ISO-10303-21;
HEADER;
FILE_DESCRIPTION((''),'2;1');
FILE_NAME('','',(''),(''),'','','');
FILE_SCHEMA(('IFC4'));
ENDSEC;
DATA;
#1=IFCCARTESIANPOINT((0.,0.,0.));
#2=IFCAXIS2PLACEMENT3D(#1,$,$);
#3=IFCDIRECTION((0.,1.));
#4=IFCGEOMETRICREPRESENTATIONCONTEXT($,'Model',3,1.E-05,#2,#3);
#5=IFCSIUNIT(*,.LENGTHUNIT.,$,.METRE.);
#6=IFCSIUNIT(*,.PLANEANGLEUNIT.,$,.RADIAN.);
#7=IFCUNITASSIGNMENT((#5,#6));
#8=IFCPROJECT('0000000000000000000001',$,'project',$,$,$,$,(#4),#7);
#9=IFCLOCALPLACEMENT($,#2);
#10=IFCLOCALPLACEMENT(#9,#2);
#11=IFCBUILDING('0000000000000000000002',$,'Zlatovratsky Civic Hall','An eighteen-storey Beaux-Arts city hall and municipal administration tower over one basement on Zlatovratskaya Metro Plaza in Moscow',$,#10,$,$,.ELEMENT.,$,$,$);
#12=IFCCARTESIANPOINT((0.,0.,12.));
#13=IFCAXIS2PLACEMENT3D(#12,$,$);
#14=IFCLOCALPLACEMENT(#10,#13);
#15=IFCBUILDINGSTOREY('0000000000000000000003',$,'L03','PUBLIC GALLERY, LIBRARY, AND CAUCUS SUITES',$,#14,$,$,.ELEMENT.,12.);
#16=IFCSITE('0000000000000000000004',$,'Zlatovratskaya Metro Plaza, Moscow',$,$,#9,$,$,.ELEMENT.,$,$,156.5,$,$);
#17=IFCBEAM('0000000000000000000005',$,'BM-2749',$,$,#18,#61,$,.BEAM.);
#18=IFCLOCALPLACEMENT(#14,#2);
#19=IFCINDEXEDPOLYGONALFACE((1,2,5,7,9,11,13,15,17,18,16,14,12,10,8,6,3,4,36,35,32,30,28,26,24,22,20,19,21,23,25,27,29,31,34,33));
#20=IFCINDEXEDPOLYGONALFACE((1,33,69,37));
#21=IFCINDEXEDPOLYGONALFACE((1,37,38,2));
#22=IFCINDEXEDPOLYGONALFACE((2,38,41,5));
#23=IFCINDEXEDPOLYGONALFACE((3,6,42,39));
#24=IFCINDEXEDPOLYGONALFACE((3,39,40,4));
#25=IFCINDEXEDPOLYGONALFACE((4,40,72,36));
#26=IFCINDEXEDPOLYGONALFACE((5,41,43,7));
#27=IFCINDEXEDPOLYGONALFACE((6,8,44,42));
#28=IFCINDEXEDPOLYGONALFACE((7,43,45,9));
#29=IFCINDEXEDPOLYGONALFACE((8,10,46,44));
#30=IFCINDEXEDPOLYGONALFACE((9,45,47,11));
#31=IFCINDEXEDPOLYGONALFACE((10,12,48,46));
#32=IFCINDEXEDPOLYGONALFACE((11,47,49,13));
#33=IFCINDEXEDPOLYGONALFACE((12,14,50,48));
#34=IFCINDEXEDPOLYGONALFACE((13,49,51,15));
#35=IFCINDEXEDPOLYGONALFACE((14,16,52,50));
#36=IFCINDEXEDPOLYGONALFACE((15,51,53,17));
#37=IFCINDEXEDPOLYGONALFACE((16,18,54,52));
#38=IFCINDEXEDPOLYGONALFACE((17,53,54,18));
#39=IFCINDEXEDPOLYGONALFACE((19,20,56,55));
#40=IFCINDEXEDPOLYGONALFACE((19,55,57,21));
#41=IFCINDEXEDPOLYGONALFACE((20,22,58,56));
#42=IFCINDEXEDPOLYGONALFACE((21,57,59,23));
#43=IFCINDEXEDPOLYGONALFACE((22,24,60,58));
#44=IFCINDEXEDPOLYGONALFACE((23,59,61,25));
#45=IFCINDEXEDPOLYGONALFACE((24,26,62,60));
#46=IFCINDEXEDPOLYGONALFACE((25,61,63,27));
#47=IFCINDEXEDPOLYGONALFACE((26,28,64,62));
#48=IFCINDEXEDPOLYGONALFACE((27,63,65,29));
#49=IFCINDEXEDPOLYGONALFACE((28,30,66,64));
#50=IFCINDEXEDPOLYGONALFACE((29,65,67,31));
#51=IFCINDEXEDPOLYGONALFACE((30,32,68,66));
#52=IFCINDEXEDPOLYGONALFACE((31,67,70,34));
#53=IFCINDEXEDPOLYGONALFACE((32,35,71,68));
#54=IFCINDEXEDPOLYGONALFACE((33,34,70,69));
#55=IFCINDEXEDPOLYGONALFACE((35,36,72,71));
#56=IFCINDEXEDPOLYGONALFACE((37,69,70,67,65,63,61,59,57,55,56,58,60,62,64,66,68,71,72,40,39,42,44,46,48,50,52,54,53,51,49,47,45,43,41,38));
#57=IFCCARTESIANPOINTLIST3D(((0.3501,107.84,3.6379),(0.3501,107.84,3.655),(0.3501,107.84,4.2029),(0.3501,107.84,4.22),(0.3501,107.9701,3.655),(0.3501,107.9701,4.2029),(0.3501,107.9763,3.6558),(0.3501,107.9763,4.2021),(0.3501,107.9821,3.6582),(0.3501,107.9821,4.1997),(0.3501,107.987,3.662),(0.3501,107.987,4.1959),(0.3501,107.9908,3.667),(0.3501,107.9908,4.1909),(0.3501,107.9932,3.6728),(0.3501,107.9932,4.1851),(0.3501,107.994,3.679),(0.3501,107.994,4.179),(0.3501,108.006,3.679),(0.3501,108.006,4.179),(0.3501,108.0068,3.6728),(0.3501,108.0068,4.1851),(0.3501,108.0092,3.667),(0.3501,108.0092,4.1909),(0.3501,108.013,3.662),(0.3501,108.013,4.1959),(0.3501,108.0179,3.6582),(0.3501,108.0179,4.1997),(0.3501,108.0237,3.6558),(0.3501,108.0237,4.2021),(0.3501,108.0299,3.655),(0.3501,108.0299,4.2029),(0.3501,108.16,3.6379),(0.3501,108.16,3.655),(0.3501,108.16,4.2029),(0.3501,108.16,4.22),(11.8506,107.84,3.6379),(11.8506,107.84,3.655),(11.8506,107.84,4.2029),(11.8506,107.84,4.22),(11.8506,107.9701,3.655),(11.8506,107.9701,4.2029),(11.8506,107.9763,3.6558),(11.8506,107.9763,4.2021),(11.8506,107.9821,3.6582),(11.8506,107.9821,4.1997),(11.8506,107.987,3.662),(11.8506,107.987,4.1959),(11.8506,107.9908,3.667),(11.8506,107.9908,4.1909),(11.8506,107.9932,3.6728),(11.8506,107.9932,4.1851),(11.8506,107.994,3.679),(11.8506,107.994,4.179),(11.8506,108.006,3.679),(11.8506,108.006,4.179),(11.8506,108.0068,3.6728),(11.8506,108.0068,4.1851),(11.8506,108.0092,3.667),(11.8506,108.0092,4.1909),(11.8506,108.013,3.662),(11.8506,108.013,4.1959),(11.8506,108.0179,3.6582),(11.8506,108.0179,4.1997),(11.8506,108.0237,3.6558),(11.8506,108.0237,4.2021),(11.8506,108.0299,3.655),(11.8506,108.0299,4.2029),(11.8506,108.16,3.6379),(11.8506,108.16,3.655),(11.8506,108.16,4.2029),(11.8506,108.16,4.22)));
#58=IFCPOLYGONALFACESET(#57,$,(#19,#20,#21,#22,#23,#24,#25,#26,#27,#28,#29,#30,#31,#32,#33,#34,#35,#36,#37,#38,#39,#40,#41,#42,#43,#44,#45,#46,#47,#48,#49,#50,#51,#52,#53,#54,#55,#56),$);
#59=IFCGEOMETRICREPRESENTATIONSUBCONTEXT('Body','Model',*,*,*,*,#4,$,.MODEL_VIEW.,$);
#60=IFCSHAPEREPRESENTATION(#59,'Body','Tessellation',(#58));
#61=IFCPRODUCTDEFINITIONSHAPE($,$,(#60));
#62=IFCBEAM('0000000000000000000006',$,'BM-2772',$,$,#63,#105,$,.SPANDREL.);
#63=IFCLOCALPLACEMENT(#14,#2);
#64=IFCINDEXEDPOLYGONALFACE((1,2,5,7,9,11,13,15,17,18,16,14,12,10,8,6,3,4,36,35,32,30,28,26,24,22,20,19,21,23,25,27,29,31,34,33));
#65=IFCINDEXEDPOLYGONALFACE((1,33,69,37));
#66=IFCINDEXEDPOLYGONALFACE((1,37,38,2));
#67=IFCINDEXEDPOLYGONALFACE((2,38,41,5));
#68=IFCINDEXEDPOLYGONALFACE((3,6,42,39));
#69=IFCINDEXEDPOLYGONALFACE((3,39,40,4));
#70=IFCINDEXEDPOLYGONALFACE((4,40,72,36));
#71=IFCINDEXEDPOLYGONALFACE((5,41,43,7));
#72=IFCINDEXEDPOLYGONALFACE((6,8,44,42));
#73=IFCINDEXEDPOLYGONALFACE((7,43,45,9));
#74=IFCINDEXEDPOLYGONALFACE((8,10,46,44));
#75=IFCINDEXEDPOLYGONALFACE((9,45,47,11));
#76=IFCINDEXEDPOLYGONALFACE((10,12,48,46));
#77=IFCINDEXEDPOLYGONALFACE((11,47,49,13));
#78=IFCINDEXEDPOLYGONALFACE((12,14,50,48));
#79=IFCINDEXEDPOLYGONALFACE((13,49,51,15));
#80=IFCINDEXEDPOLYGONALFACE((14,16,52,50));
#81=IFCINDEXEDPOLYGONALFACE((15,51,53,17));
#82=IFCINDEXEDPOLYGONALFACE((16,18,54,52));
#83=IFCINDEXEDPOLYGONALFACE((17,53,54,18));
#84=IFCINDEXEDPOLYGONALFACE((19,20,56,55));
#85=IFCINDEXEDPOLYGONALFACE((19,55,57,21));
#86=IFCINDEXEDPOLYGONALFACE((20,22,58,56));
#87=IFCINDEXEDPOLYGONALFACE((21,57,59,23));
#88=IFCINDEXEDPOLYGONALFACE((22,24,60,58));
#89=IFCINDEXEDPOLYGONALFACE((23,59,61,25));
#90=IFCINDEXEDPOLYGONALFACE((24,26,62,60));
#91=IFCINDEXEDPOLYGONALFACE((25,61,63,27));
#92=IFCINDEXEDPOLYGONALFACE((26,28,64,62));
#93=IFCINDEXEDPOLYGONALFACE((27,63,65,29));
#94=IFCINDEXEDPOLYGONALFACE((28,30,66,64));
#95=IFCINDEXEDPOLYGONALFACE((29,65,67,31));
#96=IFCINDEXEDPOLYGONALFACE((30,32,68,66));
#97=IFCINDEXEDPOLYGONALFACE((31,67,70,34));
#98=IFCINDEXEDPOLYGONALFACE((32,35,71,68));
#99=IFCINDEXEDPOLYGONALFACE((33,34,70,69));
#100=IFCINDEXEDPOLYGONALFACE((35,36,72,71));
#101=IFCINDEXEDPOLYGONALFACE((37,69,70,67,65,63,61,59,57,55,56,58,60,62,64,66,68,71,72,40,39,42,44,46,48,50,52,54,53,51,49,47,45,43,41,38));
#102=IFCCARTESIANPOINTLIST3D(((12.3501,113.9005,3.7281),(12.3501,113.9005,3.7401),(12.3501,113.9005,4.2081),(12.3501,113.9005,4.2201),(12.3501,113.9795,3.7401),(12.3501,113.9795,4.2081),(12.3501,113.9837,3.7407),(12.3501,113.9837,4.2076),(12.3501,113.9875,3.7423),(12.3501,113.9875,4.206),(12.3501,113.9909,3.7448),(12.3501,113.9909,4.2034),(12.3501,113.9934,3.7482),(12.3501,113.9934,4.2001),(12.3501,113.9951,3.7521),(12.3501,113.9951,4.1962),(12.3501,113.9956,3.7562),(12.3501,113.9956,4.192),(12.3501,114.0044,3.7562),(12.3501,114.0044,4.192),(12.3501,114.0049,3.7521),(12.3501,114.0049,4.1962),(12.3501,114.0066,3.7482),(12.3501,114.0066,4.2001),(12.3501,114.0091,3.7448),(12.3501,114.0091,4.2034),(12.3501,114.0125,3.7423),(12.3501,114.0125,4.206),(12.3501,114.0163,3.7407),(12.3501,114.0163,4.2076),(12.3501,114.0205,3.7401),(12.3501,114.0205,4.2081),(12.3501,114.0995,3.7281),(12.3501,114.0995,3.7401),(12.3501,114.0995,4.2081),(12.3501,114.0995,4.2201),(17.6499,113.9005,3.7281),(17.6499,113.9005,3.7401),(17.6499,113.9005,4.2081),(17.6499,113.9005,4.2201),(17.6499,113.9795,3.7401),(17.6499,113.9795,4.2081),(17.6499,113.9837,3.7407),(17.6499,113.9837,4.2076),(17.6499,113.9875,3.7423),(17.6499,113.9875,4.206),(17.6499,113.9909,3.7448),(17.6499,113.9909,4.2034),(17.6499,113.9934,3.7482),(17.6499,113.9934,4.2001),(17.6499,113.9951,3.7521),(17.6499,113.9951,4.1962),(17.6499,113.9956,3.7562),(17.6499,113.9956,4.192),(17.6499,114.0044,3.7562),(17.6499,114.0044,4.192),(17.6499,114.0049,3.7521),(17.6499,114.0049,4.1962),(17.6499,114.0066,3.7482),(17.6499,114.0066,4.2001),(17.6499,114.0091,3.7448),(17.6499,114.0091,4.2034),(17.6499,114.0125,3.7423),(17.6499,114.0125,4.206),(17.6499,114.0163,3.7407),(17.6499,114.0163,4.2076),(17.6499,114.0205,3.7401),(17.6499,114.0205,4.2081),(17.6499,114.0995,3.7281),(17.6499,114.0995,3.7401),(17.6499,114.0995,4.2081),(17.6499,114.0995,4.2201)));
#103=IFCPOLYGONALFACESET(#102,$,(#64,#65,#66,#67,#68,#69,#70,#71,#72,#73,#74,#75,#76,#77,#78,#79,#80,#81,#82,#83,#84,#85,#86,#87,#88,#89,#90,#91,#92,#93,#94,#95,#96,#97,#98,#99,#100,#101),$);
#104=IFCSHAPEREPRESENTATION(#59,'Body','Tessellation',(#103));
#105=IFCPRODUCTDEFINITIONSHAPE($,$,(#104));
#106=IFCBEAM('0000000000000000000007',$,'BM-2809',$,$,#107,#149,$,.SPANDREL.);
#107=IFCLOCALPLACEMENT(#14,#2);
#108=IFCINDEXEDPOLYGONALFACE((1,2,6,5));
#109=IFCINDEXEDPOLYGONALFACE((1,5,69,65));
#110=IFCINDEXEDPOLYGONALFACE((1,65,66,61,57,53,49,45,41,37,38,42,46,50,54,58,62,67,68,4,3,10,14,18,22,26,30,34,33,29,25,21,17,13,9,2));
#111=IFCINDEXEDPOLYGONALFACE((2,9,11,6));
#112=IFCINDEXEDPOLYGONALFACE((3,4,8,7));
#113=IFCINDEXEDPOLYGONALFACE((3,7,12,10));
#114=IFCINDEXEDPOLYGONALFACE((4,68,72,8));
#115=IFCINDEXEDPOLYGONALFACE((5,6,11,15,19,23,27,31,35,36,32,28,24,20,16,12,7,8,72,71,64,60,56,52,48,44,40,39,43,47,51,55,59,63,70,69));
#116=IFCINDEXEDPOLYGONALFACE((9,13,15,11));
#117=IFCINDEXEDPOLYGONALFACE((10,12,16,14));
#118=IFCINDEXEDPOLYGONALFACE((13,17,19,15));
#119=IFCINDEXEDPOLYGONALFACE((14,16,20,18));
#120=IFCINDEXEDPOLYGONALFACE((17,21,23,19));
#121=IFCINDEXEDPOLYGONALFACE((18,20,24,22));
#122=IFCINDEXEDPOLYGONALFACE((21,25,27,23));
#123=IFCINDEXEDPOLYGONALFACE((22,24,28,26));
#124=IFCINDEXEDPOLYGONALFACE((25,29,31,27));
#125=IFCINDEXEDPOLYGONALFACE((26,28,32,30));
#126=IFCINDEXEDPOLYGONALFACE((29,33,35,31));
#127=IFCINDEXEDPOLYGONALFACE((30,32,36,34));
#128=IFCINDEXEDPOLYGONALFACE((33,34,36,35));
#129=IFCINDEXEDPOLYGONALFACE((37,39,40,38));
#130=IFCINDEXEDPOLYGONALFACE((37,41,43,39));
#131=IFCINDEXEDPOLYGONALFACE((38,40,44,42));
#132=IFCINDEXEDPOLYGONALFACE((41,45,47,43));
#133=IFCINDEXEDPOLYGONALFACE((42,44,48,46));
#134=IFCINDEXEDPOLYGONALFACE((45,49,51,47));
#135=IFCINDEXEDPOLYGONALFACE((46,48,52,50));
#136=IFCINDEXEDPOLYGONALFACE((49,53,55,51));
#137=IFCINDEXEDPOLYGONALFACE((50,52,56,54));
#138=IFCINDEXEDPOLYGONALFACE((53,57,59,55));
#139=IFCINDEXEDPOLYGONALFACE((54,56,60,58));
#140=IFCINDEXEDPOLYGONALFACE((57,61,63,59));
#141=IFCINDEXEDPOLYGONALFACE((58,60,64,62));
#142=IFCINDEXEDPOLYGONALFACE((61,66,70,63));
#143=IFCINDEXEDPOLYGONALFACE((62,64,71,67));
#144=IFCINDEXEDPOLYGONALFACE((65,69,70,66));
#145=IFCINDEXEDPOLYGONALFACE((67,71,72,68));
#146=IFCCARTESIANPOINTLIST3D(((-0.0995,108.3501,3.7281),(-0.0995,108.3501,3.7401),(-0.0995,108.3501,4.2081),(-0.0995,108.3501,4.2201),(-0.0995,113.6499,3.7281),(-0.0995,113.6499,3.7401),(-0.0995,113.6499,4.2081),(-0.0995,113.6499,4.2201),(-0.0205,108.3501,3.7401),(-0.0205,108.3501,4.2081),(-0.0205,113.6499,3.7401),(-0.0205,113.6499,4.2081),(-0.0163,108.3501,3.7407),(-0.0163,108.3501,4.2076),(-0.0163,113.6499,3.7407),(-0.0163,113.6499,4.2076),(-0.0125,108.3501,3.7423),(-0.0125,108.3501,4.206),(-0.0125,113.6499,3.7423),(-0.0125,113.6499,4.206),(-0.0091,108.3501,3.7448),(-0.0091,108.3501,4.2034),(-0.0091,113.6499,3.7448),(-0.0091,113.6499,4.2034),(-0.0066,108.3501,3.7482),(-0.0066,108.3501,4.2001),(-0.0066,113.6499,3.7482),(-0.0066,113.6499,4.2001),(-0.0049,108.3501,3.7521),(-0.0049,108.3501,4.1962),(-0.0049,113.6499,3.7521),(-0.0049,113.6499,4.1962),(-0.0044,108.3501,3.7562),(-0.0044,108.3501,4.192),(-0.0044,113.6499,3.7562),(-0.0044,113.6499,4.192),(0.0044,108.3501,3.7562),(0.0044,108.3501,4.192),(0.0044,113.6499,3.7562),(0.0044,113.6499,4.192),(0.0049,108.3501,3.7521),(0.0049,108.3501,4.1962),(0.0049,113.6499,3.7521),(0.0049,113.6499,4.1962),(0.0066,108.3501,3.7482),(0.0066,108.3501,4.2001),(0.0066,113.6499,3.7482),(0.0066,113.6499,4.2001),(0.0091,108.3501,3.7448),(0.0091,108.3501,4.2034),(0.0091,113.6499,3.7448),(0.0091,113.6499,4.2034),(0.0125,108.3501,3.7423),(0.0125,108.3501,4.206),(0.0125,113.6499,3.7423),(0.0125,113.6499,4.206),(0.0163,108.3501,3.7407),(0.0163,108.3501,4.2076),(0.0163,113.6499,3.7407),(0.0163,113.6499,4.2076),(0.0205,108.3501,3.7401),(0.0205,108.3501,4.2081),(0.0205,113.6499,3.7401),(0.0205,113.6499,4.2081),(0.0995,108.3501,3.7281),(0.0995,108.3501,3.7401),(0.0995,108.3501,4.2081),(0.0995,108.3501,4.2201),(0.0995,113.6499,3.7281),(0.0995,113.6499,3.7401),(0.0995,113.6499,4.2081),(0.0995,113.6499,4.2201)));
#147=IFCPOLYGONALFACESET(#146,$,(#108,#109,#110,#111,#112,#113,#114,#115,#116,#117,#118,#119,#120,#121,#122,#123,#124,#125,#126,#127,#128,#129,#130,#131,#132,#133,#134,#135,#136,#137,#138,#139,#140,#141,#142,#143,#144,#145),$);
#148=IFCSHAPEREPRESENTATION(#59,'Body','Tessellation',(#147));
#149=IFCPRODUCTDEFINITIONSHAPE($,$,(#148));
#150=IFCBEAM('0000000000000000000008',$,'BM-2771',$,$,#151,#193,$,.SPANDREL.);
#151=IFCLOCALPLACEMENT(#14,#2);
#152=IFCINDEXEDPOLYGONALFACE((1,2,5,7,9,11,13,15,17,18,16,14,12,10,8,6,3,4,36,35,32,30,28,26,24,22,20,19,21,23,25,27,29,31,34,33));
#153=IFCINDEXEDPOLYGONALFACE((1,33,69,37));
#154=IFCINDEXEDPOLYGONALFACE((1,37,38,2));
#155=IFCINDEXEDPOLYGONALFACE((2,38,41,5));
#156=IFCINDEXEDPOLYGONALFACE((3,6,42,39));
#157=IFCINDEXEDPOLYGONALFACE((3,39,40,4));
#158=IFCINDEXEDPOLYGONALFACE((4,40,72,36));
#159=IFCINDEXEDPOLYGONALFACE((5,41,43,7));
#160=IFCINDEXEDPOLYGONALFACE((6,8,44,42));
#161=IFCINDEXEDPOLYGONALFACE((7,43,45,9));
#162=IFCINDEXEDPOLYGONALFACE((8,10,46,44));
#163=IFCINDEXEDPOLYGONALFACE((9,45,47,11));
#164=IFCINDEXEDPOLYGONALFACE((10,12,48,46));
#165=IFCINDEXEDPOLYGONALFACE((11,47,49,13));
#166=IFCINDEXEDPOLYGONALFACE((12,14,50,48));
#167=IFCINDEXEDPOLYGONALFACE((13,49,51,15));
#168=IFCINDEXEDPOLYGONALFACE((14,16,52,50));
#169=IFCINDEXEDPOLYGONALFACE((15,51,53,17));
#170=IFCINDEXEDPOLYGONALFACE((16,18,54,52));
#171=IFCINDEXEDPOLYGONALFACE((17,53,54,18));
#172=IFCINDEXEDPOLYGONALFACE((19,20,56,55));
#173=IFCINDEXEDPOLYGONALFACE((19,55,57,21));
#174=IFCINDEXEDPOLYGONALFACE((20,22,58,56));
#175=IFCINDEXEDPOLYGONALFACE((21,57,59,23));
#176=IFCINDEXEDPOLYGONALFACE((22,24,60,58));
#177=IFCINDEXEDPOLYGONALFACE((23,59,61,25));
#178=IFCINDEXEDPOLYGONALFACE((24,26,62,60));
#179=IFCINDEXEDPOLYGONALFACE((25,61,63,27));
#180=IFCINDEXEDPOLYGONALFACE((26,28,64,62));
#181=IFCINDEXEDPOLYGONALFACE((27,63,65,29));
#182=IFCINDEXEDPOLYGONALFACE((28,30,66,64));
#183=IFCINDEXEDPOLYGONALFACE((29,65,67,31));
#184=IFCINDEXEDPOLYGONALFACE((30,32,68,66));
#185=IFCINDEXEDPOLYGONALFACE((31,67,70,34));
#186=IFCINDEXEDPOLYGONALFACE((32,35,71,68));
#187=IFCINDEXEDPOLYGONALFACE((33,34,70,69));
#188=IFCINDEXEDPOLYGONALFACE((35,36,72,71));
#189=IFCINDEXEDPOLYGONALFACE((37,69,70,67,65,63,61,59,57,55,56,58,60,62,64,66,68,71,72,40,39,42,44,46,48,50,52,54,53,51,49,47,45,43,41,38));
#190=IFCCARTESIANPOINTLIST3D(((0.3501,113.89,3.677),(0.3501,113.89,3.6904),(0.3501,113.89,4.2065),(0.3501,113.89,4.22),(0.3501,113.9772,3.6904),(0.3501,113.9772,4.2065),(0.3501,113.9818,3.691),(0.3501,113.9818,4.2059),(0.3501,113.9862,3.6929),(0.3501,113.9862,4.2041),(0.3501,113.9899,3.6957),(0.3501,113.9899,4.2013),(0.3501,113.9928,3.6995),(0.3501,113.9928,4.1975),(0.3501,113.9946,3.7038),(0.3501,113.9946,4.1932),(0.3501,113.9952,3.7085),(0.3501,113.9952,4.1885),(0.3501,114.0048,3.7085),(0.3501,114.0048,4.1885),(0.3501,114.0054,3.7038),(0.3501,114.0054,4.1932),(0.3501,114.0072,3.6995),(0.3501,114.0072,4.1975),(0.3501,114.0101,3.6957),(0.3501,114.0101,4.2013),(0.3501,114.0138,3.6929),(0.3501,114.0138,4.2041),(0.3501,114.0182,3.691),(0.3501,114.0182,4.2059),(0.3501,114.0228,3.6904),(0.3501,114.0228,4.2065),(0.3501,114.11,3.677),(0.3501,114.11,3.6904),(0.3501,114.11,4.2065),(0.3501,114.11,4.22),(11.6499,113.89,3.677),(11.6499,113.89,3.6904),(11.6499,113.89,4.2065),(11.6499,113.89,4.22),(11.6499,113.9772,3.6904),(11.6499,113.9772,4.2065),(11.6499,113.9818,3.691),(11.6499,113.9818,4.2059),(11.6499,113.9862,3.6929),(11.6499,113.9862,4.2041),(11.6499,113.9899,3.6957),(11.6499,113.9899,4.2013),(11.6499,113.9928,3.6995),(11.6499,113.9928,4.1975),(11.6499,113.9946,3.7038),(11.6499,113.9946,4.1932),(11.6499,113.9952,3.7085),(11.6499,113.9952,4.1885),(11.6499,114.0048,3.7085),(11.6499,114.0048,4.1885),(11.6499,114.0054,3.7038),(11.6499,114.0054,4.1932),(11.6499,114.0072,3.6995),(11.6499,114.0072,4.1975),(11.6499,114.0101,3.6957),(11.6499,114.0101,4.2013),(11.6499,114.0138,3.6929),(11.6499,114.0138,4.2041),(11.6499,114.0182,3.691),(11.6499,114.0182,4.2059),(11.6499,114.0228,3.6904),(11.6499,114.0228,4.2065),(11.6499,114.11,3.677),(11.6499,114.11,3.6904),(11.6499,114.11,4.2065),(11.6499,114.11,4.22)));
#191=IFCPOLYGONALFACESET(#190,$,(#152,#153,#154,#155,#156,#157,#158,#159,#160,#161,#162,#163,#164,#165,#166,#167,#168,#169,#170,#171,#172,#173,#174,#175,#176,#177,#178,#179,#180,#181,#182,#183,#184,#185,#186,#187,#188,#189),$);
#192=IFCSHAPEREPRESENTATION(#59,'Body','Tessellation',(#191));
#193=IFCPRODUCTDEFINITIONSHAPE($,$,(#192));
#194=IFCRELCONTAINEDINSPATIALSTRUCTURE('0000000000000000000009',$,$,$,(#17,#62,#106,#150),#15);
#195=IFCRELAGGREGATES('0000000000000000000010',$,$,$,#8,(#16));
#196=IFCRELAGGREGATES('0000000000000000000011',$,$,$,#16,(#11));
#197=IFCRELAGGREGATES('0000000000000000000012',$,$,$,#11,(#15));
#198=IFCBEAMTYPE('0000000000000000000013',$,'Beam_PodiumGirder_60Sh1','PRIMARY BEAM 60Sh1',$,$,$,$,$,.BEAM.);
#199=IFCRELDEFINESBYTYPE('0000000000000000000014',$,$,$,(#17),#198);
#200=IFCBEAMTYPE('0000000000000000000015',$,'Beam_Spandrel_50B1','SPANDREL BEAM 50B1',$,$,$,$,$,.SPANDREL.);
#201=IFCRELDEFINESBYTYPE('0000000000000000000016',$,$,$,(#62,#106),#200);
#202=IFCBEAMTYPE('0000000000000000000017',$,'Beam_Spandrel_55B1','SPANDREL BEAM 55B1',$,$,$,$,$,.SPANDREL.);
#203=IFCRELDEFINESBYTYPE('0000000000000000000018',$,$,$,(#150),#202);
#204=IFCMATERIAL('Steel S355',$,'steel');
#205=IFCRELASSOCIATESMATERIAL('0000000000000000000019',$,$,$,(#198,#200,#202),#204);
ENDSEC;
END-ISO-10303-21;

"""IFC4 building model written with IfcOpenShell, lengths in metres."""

from ifc_helpers import new_model, si_unit, direction, frame, origin, origin_2d, place, context, subcontext, project, spatial, i_section, extrude, material, material_profile, profile_set, type_object, element, save


model = new_model("IFC4")

# Units and contexts
model_context = context("Model", 3, precision=1e-05, world=origin(), true_north=direction((0.0, 1.0)))
body_context = subcontext(model_context, "Body", "Model", "MODEL_VIEW")
ifc_project = project(units=[si_unit("LENGTHUNIT", "METRE"), si_unit("PLANEANGLEUNIT", "RADIAN")], contexts=[model_context])

# Site, building, storey
site_placement = place(None, origin())
site = spatial("IfcSite", under=ifc_project, at=site_placement, Name="Zlatovratskaya Metro Plaza, Moscow", CompositionType="ELEMENT", RefElevation=156.5)
building_placement = place(site_placement, origin())
building = spatial("IfcBuilding", under=site, at=building_placement, Name="Zlatovratsky Civic Hall", Description="An eighteen-storey Beaux-Arts city hall and municipal administration tower over one basement on Zlatovratskaya Metro Plaza in Moscow", CompositionType="ELEMENT")
storey_placement = place(building_placement, frame((0.0, 0.0, 12.0)))
storey = spatial("IfcBuildingStorey", under=building, at=storey_placement, Name="L03", Description="PUBLIC GALLERY, LIBRARY, AND CAUCUS SUITES", CompositionType="ELEMENT", Elevation=12.0)

# Shared definitions
ifc_material_1 = material(Name="Steel S355", Category="steel")

# Beams
ifc_material_profile_1 = material_profile(ifc_material_1, i_section(OverallWidth=0.3201, OverallDepth=0.582, WebThickness=0.012, FlangeThickness=0.0171, FilletRadius=0.0239, at=origin_2d()), Name="60Sh1")
ifc_profile_set_1 = profile_set([ifc_material_profile_1], Name="Steel S355")
beam_type_1 = type_object("IfcBeamType", Name="Beam_PodiumGirder_60Sh1", Description="PRIMARY BEAM 60Sh1", PredefinedType="BEAM", material=ifc_profile_set_1)
beam_1_placement = place(storey_placement, frame((0.3501, 108.0, 3.929), z_axis=(1.0, 0.0, 0.0), x_axis=(0.0, 1.0, 0.0)))
element("IfcBeam", 1, at=beam_1_placement, inside=storey, type_object=beam_type_1, Name="BM-2749", PredefinedType="BEAM", context=body_context, shape_type="SweptSolid", body=[
    extrude(i_section(OverallWidth=0.3201, OverallDepth=0.582, WebThickness=0.012, FlangeThickness=0.0171, FilletRadius=0.0239, at=origin_2d()), origin(), (0.0, 0.0, 1.0), 11.5005),
])
ifc_material_profile_2 = material_profile(ifc_material_1, i_section(OverallWidth=0.199, OverallDepth=0.4919, WebThickness=0.0088, FlangeThickness=0.012, FilletRadius=0.0161, at=origin_2d()), Name="50B1")
ifc_profile_set_2 = profile_set([ifc_material_profile_2], Name="Steel S355")
beam_type_2 = type_object("IfcBeamType", Name="Beam_Spandrel_50B1", Description="SPANDREL BEAM 50B1", PredefinedType="SPANDREL", material=ifc_profile_set_2)
for number, where, z_axis, x_axis, name in (
    (2, (12.3501, 114.0, 3.9741), (1.0, 0.0, 0.0), (0.0, 1.0, 0.0), "BM-2772"),
    (3, (0.0, 108.3501, 3.9741), (0.0, 1.0, 0.0), (-1.0, 0.0, 0.0), "BM-2809"),
):
    element("IfcBeam", number, at=place(storey_placement, frame(where, z_axis=z_axis, x_axis=x_axis)), inside=storey, type_object=beam_type_2, Name=name, PredefinedType="SPANDREL", context=body_context, shape_type="SweptSolid", body=[
        extrude(i_section(OverallWidth=0.199, OverallDepth=0.4919, WebThickness=0.0088, FlangeThickness=0.012, FilletRadius=0.0161, at=origin_2d()), origin(), (0.0, 0.0, 1.0), 5.2998),
    ])
ifc_material_profile_3 = material_profile(ifc_material_1, i_section(OverallWidth=0.22, OverallDepth=0.543, WebThickness=0.0095, FlangeThickness=0.0134, FilletRadius=0.0181, at=origin_2d()), Name="55B1")
ifc_profile_set_3 = profile_set([ifc_material_profile_3], Name="Steel S355")
beam_type_3 = type_object("IfcBeamType", Name="Beam_Spandrel_55B1", Description="SPANDREL BEAM 55B1", PredefinedType="SPANDREL", material=ifc_profile_set_3)
beam_2_placement = place(storey_placement, frame((0.3501, 114.0, 3.9485), z_axis=(1.0, 0.0, 0.0), x_axis=(0.0, 1.0, 0.0)))
element("IfcBeam", 4, at=beam_2_placement, inside=storey, type_object=beam_type_3, Name="BM-2771", PredefinedType="SPANDREL", context=body_context, shape_type="SweptSolid", body=[
    extrude(i_section(OverallWidth=0.22, OverallDepth=0.543, WebThickness=0.0095, FlangeThickness=0.0134, FilletRadius=0.0181, at=origin_2d()), origin(), (0.0, 0.0, 1.0), 11.2998),
])

save(model, "model.ifc")
